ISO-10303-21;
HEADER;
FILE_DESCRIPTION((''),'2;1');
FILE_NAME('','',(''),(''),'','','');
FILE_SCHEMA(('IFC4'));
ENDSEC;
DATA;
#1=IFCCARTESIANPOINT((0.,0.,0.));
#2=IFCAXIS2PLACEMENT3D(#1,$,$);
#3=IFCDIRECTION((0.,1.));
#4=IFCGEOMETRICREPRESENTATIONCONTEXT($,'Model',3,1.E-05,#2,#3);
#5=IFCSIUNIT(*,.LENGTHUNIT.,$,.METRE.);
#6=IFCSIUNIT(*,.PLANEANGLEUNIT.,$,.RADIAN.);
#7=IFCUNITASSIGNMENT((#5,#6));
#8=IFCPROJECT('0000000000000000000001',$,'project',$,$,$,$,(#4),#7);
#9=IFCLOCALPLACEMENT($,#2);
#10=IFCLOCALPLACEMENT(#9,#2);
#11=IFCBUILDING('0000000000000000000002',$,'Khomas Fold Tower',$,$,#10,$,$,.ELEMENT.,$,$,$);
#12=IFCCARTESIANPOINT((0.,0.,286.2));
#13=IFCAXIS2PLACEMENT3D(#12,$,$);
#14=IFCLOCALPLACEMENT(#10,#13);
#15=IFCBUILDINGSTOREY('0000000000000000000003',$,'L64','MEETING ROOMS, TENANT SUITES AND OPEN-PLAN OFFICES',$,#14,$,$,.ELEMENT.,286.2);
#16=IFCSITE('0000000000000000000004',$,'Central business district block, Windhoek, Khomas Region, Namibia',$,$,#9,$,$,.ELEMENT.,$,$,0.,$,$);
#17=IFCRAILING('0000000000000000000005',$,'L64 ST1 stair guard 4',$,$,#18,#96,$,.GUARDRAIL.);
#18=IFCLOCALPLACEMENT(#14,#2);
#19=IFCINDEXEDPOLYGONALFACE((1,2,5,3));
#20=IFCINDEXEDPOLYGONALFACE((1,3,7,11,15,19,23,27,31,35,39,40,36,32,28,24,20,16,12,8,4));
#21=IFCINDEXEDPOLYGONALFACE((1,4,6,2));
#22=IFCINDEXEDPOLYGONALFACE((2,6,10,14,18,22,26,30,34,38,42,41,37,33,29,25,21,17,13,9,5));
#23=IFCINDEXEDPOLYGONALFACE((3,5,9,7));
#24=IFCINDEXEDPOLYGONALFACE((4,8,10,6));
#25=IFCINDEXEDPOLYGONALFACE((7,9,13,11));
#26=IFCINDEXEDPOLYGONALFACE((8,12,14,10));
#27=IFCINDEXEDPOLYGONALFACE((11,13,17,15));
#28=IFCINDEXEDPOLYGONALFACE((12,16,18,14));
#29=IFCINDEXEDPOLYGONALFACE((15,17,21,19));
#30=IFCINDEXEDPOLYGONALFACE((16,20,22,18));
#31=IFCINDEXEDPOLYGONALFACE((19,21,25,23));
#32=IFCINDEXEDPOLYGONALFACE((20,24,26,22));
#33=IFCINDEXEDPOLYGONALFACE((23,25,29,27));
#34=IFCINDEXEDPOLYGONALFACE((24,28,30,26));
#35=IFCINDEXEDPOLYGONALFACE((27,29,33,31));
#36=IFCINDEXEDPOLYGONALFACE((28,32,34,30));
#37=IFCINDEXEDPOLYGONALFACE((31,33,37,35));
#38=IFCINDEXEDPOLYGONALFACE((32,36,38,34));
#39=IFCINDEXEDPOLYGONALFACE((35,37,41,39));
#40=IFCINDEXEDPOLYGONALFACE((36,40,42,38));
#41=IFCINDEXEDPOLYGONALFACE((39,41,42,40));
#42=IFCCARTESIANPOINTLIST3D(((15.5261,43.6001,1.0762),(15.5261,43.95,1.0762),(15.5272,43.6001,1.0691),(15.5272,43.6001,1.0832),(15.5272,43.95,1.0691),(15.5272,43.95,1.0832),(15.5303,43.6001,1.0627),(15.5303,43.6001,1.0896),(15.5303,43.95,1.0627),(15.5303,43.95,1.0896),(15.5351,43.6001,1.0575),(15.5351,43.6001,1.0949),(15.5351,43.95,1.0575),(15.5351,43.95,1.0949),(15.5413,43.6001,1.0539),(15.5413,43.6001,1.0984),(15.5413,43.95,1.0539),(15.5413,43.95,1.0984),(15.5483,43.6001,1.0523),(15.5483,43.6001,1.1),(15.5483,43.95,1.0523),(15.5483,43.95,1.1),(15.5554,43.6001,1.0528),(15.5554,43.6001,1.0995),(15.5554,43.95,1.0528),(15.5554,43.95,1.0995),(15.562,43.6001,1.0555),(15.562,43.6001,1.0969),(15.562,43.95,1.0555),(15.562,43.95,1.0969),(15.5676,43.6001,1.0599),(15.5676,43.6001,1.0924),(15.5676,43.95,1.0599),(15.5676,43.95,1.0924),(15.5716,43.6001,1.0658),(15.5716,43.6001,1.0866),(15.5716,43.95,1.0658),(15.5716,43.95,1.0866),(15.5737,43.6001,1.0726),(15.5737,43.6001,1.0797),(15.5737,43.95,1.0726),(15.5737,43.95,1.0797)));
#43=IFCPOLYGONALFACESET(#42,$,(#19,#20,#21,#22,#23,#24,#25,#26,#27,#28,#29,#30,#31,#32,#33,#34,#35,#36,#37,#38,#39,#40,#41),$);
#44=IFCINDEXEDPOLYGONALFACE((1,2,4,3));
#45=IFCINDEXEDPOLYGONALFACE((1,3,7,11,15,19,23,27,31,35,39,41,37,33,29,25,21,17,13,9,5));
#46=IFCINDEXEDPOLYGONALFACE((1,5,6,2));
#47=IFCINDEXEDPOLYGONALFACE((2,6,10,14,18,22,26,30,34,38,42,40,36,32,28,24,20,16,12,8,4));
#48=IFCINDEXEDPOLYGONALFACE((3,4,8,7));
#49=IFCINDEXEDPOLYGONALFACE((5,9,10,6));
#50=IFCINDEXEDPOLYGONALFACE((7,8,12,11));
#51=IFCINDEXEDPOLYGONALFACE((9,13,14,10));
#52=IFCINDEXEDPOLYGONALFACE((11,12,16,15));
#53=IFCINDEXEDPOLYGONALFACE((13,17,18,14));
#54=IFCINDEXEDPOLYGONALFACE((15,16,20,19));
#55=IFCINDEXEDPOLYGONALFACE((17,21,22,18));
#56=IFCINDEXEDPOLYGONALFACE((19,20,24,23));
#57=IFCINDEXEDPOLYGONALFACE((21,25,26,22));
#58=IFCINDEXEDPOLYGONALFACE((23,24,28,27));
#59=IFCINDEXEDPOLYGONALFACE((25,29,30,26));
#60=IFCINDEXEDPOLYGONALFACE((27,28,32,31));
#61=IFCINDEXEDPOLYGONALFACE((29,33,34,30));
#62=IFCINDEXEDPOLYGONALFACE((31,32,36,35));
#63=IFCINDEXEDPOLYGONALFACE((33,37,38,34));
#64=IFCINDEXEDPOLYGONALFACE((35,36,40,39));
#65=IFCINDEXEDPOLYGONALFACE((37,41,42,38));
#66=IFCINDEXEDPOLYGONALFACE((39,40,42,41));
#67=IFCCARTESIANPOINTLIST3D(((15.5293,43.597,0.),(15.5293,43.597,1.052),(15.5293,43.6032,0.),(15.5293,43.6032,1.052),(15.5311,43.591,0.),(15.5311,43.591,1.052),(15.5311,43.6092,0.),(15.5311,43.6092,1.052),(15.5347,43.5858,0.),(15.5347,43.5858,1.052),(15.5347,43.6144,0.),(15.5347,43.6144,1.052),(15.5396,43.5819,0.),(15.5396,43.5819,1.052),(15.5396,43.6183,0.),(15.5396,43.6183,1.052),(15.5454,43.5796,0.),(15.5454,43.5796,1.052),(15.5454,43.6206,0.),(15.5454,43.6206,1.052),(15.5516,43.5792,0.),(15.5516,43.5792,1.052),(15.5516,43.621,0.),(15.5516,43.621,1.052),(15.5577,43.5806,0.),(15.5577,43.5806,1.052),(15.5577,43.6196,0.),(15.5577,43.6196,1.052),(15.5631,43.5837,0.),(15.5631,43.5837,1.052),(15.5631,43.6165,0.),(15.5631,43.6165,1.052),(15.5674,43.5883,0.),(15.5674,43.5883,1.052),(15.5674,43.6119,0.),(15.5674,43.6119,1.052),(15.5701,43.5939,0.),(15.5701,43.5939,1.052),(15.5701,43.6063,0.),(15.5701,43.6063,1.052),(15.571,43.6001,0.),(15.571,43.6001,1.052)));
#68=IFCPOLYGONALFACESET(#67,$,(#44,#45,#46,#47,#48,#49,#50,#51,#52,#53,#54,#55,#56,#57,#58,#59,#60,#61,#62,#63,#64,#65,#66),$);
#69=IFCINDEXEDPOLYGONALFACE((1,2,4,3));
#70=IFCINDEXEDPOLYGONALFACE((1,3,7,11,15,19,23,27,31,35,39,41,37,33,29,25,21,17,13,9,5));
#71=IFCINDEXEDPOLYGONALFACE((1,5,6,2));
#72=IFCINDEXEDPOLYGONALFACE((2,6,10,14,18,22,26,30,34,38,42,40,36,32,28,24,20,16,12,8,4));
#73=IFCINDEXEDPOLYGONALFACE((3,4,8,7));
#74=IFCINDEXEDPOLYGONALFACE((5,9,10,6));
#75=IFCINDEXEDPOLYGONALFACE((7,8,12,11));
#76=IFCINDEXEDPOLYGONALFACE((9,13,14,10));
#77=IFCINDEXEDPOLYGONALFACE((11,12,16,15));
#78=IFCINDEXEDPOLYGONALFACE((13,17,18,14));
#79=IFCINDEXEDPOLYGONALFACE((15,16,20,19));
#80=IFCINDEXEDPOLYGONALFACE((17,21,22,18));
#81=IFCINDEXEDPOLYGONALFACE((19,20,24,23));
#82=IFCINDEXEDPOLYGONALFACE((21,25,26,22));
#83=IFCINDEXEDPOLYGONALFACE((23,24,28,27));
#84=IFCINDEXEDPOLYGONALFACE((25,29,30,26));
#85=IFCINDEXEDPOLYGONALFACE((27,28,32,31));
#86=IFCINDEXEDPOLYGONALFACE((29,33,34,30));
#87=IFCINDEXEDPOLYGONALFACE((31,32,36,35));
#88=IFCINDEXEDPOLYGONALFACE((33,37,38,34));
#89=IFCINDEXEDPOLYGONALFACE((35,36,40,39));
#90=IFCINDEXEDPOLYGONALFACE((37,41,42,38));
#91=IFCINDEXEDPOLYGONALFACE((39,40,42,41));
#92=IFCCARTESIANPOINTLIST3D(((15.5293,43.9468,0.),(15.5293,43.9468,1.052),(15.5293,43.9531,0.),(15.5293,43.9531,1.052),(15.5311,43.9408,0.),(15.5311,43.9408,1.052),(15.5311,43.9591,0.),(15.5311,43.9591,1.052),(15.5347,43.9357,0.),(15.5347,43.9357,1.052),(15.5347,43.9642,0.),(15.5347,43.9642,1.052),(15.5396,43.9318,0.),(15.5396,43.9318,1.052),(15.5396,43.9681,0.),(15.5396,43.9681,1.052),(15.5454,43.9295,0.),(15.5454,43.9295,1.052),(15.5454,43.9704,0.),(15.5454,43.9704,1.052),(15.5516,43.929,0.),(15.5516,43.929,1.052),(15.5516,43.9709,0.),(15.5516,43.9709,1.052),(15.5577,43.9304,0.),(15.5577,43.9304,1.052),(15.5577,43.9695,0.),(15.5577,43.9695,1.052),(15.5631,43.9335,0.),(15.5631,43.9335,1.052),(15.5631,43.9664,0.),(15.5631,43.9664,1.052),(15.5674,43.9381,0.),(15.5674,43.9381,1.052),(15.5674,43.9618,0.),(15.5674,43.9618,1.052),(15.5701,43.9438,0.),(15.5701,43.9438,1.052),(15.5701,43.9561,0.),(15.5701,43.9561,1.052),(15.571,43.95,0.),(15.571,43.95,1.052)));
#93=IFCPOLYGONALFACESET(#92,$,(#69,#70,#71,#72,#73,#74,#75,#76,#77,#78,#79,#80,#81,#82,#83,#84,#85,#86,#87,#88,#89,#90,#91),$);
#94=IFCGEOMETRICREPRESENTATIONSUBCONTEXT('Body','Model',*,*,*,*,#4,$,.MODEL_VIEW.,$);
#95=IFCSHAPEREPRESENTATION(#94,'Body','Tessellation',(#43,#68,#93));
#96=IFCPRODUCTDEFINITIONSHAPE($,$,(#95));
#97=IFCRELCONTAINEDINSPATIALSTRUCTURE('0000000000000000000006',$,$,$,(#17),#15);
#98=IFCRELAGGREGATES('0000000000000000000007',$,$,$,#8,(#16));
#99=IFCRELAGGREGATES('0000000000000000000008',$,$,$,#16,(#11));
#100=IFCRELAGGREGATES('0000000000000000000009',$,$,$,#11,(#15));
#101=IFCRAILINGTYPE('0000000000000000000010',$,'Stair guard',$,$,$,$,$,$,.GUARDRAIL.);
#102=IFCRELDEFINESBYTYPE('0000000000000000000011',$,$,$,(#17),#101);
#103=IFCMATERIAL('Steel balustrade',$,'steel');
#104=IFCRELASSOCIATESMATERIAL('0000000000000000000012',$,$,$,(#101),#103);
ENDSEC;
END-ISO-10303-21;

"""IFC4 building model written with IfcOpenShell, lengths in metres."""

from ifc_helpers import new_model, si_unit, direction, frame, origin, origin_2d, place, context, subcontext, project, spatial, circle, extrude, source, transform, mapped, material, type_object, element, save


model = new_model("IFC4")

# Units and contexts
model_context = context("Model", 3, precision=1e-05, world=origin(), true_north=direction((0.0, 1.0)))
body_context = subcontext(model_context, "Body", "Model", "MODEL_VIEW")
ifc_project = project(units=[si_unit("LENGTHUNIT", "METRE"), si_unit("PLANEANGLEUNIT", "RADIAN")], contexts=[model_context])

# Site, building, storey
site_placement = place(None, origin())
site = spatial("IfcSite", under=ifc_project, at=site_placement, Name="Central business district block, Windhoek, Khomas Region, Namibia", CompositionType="ELEMENT", RefElevation=0.0)
building_placement = place(site_placement, origin())
building = spatial("IfcBuilding", under=site, at=building_placement, Name="Khomas Fold Tower", CompositionType="ELEMENT")
storey_placement = place(building_placement, frame((0.0, 0.0, 286.2)))
storey = spatial("IfcBuildingStorey", under=building, at=storey_placement, Name="L64", Description="MEETING ROOMS, TENANT SUITES AND OPEN-PLAN OFFICES", CompositionType="ELEMENT", Elevation=286.2)

# Railing
ifc_material_1 = material(Name="Steel balustrade", Category="steel")
railing_type_1 = type_object("IfcRailingType", Name="Stair guard", PredefinedType="GUARDRAIL", material=ifc_material_1)
shared_shape_1 = source(origin(), body_context, "Body", "SweptSolid", [
    extrude(circle(Radius=0.0239, at=origin_2d()), frame((0.0, 0.0, 1.0762), z_axis=(0.0, 1.0, 0.0), x_axis=(-1.0, 0.0, 0.0)), (0.0, 0.0, 1.0), 0.3499),
    extrude(circle(Radius=0.021, at=origin_2d()), origin(), (0.0, 0.0, 1.0), 1.052),
    extrude(circle(Radius=0.021, at=origin_2d()), frame((0.0, 0.3499, 0.0)), (0.0, 0.0, 1.0), 1.052),
])
railing_1_placement = place(storey_placement, frame((15.55, 43.6001, 0.0)))
element("IfcRailing", 1, at=railing_1_placement, inside=storey, type_object=railing_type_1, Name="L64 ST1 stair guard 4", PredefinedType="GUARDRAIL", context=body_context, shape_type="MappedRepresentation", body=[
    mapped(shared_shape_1, transform((0.0, 0.0, 0.0))),
])

save(model, "model.ifc")
